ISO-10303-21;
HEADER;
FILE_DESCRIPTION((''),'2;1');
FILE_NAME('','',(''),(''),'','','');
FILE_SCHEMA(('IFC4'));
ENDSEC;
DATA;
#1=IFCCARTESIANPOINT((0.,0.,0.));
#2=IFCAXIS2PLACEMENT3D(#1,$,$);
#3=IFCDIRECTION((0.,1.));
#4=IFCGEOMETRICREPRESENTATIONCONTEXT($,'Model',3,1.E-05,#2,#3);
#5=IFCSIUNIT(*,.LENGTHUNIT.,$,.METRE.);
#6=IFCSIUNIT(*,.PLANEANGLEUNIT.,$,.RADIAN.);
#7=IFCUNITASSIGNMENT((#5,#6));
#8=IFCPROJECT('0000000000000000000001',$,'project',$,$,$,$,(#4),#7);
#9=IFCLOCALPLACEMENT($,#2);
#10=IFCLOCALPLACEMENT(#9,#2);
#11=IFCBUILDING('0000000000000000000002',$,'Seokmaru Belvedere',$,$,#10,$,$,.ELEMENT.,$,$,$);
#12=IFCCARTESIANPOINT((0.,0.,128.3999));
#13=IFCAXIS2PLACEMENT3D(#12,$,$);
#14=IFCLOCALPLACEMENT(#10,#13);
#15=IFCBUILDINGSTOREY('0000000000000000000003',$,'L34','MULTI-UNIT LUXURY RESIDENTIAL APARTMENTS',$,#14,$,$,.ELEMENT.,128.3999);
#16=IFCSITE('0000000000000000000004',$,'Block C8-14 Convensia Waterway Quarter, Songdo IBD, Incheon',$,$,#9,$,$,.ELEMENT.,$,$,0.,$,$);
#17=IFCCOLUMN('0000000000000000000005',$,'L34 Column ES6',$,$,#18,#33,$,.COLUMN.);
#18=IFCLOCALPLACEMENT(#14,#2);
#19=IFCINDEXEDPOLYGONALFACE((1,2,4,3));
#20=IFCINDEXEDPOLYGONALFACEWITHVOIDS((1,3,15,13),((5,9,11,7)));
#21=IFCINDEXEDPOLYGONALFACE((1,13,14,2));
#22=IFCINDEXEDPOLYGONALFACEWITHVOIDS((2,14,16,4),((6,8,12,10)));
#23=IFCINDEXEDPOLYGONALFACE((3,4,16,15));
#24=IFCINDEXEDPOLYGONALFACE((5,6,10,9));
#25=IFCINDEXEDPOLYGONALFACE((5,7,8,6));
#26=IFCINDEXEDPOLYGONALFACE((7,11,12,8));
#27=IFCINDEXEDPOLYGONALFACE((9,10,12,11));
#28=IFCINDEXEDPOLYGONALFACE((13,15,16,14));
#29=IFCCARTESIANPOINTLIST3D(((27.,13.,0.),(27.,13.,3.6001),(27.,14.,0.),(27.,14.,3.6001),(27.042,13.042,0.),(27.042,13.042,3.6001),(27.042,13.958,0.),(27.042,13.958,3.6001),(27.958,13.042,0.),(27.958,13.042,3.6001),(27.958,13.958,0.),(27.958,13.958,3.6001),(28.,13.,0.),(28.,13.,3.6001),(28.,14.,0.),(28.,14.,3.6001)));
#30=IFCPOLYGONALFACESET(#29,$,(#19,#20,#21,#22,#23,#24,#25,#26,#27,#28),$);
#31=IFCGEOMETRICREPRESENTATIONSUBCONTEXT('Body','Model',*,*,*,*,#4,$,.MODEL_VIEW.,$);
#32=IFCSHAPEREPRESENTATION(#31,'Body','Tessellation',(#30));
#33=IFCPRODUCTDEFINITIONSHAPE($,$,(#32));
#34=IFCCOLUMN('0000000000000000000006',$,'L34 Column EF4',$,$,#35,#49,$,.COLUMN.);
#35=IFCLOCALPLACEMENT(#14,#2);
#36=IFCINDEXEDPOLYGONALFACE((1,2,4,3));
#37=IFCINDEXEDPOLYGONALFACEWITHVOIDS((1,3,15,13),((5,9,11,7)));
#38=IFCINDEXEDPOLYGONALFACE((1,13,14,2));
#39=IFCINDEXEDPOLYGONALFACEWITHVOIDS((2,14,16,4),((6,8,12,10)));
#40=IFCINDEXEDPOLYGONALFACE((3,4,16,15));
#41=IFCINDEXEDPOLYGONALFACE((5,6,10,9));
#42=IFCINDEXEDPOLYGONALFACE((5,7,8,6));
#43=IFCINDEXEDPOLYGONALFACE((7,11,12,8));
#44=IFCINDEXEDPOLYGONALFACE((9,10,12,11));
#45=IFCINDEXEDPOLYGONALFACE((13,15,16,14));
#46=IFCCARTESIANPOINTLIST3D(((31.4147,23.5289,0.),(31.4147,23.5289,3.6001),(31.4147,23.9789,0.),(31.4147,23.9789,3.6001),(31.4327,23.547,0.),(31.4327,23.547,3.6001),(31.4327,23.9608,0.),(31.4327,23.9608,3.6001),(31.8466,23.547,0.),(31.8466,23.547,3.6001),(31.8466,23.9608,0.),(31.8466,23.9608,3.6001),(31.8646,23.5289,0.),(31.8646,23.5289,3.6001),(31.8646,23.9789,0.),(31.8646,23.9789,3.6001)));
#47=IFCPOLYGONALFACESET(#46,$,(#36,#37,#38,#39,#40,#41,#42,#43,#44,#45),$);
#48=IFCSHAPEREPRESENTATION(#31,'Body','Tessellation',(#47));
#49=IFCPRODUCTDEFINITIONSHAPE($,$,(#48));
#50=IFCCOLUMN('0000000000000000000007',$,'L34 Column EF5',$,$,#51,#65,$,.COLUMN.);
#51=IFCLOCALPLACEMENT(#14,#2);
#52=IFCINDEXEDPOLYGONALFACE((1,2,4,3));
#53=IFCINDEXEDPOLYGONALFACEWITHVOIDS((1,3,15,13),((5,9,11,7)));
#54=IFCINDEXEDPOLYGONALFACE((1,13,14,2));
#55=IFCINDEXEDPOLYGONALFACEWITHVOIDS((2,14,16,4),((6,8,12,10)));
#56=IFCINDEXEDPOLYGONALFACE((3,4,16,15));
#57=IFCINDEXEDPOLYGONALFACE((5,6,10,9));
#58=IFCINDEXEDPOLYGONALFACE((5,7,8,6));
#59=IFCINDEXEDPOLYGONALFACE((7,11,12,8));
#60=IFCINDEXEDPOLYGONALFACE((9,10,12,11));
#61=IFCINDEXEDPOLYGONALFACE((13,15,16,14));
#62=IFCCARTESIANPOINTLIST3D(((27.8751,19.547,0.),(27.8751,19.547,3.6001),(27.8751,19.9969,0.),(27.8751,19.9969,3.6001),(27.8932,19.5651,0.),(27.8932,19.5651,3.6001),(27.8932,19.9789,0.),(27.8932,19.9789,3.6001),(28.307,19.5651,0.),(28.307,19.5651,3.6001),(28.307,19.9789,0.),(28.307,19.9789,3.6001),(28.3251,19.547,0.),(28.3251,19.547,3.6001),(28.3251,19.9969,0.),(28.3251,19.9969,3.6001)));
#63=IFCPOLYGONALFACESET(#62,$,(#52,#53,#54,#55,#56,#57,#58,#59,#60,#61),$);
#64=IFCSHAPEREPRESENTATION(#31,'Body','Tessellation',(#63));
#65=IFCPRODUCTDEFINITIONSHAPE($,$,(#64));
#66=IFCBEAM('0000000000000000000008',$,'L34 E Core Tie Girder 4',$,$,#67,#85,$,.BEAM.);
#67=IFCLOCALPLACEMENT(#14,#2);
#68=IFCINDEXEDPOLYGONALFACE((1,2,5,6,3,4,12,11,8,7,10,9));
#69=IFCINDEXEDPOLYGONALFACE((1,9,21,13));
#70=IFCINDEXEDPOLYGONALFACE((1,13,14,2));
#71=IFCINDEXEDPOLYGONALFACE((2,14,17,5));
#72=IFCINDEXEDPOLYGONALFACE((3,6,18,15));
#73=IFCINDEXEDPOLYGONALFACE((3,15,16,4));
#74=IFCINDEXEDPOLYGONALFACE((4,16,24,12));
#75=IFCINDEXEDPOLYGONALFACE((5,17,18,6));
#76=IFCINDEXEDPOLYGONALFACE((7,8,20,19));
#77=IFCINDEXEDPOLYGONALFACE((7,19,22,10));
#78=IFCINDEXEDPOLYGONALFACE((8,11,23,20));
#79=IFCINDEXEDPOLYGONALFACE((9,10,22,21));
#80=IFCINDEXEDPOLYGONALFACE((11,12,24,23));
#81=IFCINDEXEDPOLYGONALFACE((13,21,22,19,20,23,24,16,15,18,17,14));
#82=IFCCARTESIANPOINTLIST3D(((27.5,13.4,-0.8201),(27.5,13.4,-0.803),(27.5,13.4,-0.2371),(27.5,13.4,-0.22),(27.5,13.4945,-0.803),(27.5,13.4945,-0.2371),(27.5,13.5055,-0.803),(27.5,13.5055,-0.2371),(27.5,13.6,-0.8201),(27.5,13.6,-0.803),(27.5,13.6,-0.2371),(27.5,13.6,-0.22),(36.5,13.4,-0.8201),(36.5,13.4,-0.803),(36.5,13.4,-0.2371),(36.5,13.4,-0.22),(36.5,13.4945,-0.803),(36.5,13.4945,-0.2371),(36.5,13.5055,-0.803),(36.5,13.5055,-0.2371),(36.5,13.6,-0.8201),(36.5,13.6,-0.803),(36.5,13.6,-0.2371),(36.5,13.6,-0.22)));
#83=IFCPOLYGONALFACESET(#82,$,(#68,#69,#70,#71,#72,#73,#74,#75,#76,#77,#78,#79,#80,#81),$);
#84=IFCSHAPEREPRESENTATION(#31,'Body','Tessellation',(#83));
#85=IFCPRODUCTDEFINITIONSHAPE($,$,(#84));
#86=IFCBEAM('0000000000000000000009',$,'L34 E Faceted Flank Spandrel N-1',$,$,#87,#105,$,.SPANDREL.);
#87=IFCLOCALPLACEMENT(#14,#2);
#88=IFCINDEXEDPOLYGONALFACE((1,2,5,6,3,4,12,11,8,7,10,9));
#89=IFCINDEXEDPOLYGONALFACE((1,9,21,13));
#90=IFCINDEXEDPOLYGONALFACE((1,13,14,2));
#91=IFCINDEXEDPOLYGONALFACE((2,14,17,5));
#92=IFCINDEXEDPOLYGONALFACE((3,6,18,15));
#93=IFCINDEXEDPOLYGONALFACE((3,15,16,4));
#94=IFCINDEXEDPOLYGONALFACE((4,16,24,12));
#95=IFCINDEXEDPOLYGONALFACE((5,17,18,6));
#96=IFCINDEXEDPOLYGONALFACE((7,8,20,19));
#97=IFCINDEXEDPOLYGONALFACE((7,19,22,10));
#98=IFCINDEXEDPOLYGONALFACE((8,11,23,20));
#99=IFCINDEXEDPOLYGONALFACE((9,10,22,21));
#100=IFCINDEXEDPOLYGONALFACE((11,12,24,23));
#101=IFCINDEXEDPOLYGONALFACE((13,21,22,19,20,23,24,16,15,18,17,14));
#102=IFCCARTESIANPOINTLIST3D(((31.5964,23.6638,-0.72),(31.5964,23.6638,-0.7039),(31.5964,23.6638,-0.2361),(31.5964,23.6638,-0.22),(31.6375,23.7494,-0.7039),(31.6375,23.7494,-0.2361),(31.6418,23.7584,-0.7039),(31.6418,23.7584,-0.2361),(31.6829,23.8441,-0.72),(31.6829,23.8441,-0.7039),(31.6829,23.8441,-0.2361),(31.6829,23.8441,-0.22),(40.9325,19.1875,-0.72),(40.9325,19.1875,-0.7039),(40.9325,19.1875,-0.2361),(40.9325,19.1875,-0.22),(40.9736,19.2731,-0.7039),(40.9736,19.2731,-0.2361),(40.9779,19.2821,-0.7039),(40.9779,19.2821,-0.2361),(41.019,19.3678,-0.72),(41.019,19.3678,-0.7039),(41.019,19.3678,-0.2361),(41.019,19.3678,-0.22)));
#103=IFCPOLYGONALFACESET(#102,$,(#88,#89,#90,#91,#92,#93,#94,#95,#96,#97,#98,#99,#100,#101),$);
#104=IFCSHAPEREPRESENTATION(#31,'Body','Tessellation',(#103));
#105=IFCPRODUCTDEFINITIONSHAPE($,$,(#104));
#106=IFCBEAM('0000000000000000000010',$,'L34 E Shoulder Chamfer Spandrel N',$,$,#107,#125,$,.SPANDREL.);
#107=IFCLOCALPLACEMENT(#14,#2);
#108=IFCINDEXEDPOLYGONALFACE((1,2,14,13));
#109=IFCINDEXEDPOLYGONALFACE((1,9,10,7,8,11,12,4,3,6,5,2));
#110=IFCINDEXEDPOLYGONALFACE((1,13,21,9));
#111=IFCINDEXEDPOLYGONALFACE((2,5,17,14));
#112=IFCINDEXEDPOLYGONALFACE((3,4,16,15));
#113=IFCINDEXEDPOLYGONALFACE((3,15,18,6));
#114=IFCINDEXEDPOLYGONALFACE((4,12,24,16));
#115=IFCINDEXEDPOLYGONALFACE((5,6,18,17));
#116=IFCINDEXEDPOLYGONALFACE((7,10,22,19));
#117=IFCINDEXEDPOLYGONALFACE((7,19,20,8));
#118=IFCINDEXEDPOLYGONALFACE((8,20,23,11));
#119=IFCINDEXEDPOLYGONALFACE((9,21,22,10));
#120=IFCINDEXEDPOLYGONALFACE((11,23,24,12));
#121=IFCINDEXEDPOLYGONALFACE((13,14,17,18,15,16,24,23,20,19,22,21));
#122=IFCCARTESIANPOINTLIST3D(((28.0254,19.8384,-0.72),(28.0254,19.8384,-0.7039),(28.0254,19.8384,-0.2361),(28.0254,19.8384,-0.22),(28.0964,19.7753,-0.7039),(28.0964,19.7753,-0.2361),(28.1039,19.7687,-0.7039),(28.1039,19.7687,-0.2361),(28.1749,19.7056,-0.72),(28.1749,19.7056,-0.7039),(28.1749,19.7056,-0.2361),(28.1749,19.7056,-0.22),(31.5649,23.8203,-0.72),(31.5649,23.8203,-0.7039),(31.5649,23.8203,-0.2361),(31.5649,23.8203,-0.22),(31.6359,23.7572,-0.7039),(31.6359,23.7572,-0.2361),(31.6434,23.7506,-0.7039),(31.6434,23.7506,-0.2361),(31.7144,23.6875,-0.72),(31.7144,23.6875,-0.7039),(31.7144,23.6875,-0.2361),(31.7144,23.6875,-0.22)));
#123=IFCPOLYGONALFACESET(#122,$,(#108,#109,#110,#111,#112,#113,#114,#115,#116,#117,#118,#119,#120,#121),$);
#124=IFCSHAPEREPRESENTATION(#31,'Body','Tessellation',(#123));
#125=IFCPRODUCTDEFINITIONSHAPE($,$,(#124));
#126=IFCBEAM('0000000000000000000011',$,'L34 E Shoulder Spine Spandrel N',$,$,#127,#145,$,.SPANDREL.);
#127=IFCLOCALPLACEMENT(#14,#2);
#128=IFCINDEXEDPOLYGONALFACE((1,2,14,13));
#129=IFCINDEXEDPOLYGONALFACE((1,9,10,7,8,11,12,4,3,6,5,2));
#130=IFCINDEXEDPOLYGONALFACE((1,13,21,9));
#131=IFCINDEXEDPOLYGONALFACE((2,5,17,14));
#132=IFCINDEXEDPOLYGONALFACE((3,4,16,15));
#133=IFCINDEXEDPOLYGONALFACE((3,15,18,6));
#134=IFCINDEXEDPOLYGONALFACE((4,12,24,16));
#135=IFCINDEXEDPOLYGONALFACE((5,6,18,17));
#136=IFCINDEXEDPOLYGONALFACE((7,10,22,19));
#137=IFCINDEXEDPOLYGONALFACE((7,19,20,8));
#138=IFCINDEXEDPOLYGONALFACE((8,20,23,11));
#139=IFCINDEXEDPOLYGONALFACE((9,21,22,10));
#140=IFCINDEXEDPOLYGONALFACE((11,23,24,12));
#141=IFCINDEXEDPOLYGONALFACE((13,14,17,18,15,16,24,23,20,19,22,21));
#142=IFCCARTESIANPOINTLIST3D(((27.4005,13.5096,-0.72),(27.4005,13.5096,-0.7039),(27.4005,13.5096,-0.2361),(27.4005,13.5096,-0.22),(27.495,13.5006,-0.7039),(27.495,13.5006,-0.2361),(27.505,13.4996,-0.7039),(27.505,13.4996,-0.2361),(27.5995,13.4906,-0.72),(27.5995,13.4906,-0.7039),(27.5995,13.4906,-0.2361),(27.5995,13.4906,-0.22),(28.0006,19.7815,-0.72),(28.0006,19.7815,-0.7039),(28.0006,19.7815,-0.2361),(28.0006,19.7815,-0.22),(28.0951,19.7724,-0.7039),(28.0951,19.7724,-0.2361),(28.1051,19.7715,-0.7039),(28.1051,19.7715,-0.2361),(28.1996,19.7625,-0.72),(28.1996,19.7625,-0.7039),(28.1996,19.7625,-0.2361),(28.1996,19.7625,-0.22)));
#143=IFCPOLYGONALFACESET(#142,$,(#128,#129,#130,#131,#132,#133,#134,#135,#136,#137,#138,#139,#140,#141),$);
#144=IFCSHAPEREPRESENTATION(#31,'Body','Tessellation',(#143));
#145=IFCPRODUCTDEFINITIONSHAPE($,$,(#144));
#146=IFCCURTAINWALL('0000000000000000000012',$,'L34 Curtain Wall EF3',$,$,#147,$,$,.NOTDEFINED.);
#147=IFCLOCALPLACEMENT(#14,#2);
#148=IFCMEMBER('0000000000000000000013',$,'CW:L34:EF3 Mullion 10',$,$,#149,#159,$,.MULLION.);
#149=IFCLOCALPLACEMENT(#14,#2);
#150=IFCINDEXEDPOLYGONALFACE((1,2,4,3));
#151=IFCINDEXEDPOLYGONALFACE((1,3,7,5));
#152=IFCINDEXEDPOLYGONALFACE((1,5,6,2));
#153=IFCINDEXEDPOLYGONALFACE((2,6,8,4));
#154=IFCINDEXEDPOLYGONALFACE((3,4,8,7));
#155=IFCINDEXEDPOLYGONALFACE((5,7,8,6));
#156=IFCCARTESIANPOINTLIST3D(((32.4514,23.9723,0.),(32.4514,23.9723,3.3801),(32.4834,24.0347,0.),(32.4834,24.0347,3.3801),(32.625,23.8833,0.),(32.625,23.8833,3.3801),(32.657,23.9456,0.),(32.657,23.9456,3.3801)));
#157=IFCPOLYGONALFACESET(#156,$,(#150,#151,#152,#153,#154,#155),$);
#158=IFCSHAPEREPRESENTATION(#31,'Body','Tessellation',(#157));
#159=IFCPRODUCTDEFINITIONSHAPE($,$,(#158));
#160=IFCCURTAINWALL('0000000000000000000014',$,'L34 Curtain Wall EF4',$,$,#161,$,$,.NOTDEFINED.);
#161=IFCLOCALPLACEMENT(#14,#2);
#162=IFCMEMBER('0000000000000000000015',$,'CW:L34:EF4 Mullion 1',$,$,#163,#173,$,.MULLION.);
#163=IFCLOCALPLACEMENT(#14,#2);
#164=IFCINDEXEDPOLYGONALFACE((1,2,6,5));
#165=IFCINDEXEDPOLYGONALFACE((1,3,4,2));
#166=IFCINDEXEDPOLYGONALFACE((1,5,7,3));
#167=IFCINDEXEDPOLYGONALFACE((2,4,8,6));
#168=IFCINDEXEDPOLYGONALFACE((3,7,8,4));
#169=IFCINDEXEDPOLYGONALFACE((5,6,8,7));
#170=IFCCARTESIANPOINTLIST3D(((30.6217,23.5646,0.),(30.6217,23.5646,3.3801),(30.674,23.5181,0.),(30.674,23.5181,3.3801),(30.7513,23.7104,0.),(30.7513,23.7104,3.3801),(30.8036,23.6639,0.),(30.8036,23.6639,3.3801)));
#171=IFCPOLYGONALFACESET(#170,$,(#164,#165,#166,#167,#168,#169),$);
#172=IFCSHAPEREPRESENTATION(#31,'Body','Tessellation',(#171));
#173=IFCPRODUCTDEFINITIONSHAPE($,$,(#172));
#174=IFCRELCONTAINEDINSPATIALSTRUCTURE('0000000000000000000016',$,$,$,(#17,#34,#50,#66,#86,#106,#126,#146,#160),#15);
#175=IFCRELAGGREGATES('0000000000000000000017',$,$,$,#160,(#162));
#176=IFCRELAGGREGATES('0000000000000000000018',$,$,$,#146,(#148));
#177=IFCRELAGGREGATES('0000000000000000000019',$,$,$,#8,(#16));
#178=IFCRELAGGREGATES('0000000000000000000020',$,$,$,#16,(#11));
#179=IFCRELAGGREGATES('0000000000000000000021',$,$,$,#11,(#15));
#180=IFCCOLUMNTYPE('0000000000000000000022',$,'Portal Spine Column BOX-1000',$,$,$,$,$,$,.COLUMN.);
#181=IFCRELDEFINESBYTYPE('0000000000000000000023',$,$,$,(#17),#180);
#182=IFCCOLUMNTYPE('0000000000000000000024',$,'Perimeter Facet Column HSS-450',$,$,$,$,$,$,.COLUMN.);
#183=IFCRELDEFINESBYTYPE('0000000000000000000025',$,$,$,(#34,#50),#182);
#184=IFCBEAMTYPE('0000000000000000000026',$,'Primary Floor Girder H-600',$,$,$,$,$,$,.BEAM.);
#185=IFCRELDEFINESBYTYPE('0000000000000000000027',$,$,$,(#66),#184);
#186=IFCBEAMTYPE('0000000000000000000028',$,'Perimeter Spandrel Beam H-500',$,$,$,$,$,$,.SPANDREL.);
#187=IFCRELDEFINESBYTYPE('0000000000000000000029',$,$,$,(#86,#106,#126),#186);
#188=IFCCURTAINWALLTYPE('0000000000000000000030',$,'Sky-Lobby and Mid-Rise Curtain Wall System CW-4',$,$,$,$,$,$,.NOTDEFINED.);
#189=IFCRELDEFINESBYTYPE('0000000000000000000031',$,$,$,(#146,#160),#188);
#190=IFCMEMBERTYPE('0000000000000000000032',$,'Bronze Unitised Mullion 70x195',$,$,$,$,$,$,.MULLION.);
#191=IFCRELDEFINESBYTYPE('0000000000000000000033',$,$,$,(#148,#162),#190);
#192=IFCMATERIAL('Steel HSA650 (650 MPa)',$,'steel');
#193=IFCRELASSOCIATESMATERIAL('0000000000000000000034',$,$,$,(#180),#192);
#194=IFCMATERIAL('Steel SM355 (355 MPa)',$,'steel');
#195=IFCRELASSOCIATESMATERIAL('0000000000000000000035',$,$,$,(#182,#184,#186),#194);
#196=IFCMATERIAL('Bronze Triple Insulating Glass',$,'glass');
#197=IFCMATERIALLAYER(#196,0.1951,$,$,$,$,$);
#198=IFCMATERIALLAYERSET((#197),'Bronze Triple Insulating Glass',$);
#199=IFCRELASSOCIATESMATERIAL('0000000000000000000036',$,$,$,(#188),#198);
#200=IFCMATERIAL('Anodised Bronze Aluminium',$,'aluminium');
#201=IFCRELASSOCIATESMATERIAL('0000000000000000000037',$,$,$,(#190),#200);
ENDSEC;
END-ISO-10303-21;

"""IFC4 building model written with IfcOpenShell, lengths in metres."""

from ifc_helpers import new_model, si_unit, direction, frame, origin, origin_2d, place, context, subcontext, project, spatial, rectangle, hollow_rectangle, i_section, extrude, source, transform, mapped, material, layer, layer_set, material_profile, profile_set, type_object, type_shapes, element, aggregate, save


model = new_model("IFC4")

# Units and contexts
model_context = context("Model", 3, precision=1e-05, world=origin(), true_north=direction((0.0, 1.0)))
body_context = subcontext(model_context, "Body", "Model", "MODEL_VIEW")
ifc_project = project(units=[si_unit("LENGTHUNIT", "METRE"), si_unit("PLANEANGLEUNIT", "RADIAN")], contexts=[model_context])

# Site, building, storey
site_placement = place(None, origin())
site = spatial("IfcSite", under=ifc_project, at=site_placement, Name="Block C8-14 Convensia Waterway Quarter, Songdo IBD, Incheon", CompositionType="ELEMENT", RefElevation=0.0)
building_placement = place(site_placement, origin())
building = spatial("IfcBuilding", under=site, at=building_placement, Name="Seokmaru Belvedere", CompositionType="ELEMENT")
storey_placement = place(building_placement, frame((0.0, 0.0, 128.3999)))
storey = spatial("IfcBuildingStorey", under=building, at=storey_placement, Name="L34", Description="MULTI-UNIT LUXURY RESIDENTIAL APARTMENTS", CompositionType="ELEMENT", Elevation=128.3999)

# Columns
ifc_material_1 = material(Name="Steel HSA650 (650 MPa)", Category="steel")
ifc_material_profile_1 = material_profile(ifc_material_1, hollow_rectangle(XDim=1.0, YDim=1.0, WallThickness=0.042, at=origin_2d()), Name="BOX-1000x1000x42")
ifc_profile_set_1 = profile_set([ifc_material_profile_1], Name="Steel HSA650 (650 MPa)")
column_type_1 = type_object("IfcColumnType", Name="Portal Spine Column BOX-1000", PredefinedType="COLUMN", material=ifc_profile_set_1)
shared_shape_1 = source(origin(), body_context, "Body", "SweptSolid", [
    extrude(hollow_rectangle(XDim=1.0, YDim=1.0, WallThickness=0.042, at=origin_2d()), origin(), (0.0, 0.0, 1.0), 3.6001),
])
type_shapes(column_type_1, [shared_shape_1])
column_placement = place(storey_placement, frame((27.5, 13.5, 0.0), z_axis=(0.0, 0.0, 1.0), x_axis=(1.0, 0.0, 0.0)))
element("IfcColumn", 1, at=column_placement, inside=storey, type_object=column_type_1, Name="L34 Column ES6", PredefinedType="COLUMN", context=body_context, shape_type="MappedRepresentation", body=[
    mapped(shared_shape_1, transform((0.0, 0.0, 0.0), scale=1.0)),
])
ifc_material_2 = material(Name="Steel SM355 (355 MPa)", Category="steel")
ifc_material_profile_2 = material_profile(ifc_material_2, hollow_rectangle(XDim=0.45, YDim=0.45, WallThickness=0.0181, at=origin_2d()), Name="HSS-450x450x18")
ifc_profile_set_2 = profile_set([ifc_material_profile_2], Name="Steel SM355 (355 MPa)")
column_type_2 = type_object("IfcColumnType", Name="Perimeter Facet Column HSS-450", PredefinedType="COLUMN", material=ifc_profile_set_2)
shared_shape_2 = source(origin(), body_context, "Body", "SweptSolid", [
    extrude(hollow_rectangle(XDim=0.45, YDim=0.45, WallThickness=0.0181, at=origin_2d()), origin(), (0.0, 0.0, 1.0), 3.6001),
])
type_shapes(column_type_2, [shared_shape_2])
for number, where, z_axis, x_axis, name in (
    (2, (31.6396, 23.7539, 0.0), (0.0, 0.0, 1.0), (1.0, 0.0, 0.0), "L34 Column EF4"),
    (3, (28.1001, 19.772, 0.0), (0.0, 0.0, 1.0), (1.0, 0.0, 0.0), "L34 Column EF5"),
):
    element("IfcColumn", number, at=place(storey_placement, frame(where, z_axis=z_axis, x_axis=x_axis)), inside=storey, type_object=column_type_2, Name=name, PredefinedType="COLUMN", context=body_context, shape_type="MappedRepresentation", body=[
        mapped(shared_shape_2, transform((0.0, 0.0, 0.0), scale=1.0)),
    ])

# Beams
ifc_material_profile_3 = material_profile(ifc_material_2, i_section(OverallWidth=0.2, OverallDepth=0.6001, WebThickness=0.011, FlangeThickness=0.0171, at=origin_2d()), Name="H-600x200x11x17")
ifc_profile_set_3 = profile_set([ifc_material_profile_3], Name="Steel SM355 (355 MPa)")
beam_type_1 = type_object("IfcBeamType", Name="Primary Floor Girder H-600", PredefinedType="BEAM", material=ifc_profile_set_3)
shared_shape_3 = source(origin(), body_context, "Body", "SweptSolid", [
    extrude(i_section(OverallWidth=0.2, OverallDepth=0.6001, WebThickness=0.011, FlangeThickness=0.0171, at=origin_2d()), origin(), (0.0, 0.0, 1.0), 9.0),
])
type_shapes(beam_type_1, [shared_shape_3])
beam_1_placement = place(storey_placement, frame((27.5, 13.5, -0.52), z_axis=(1.0, 0.0, 0.0), x_axis=(0.0, 1.0, 0.0)))
element("IfcBeam", 4, at=beam_1_placement, inside=storey, type_object=beam_type_1, Name="L34 E Core Tie Girder 4", PredefinedType="BEAM", context=body_context, shape_type="MappedRepresentation", body=[
    mapped(shared_shape_3, transform((0.0, 0.0, 0.0), scale=1.0)),
])
ifc_material_profile_4 = material_profile(ifc_material_2, i_section(OverallWidth=0.2, OverallDepth=0.5, WebThickness=0.01, FlangeThickness=0.0161, at=origin_2d()), Name="H-500x200x10x16")
ifc_profile_set_4 = profile_set([ifc_material_profile_4], Name="Steel SM355 (355 MPa)")
beam_type_2 = type_object("IfcBeamType", Name="Perimeter Spandrel Beam H-500", PredefinedType="SPANDREL", material=ifc_profile_set_4)
shared_shape_4 = source(origin(), body_context, "Body", "SweptSolid", [
    extrude(i_section(OverallWidth=0.2, OverallDepth=0.5, WebThickness=0.01, FlangeThickness=0.0161, at=origin_2d()), origin(), (0.0, 0.0, 1.0), 10.3538),
])
beam_2_placement = place(storey_placement, frame((31.6396, 23.7539, -0.47), z_axis=(0.901713, -0.432335, 0.0), x_axis=(0.432335, 0.901713, 0.0)))
element("IfcBeam", 5, at=beam_2_placement, inside=storey, type_object=beam_type_2, Name="L34 E Faceted Flank Spandrel N-1", PredefinedType="SPANDREL", context=body_context, shape_type="MappedRepresentation", body=[
    mapped(shared_shape_4, transform((0.0, 0.0, 0.0), scale=1.0)),
])
shared_shape_5 = source(origin(), body_context, "Body", "SweptSolid", [
    extrude(i_section(OverallWidth=0.2, OverallDepth=0.5, WebThickness=0.01, FlangeThickness=0.0161, at=origin_2d()), origin(), (0.0, 0.0, 1.0), 5.3276),
])
beam_3_placement = place(storey_placement, frame((31.6396, 23.7539, -0.47), z_axis=(-0.66437, -0.747404, 0.0), x_axis=(0.747404, -0.66437, 0.0)))
element("IfcBeam", 6, at=beam_3_placement, inside=storey, type_object=beam_type_2, Name="L34 E Shoulder Chamfer Spandrel N", PredefinedType="SPANDREL", context=body_context, shape_type="MappedRepresentation", body=[
    mapped(shared_shape_5, transform((0.0, 0.0, 0.0), scale=1.0)),
])
shared_shape_6 = source(origin(), body_context, "Body", "SweptSolid", [
    extrude(i_section(OverallWidth=0.2, OverallDepth=0.5, WebThickness=0.01, FlangeThickness=0.0161, at=origin_2d()), origin(), (0.0, 0.0, 1.0), 6.3005),
])
type_shapes(beam_type_2, [shared_shape_4, shared_shape_5, shared_shape_6])
beam_4_placement = place(storey_placement, frame((28.1001, 19.772, -0.47), z_axis=(-0.095244, -0.995454, 0.0), x_axis=(0.995454, -0.095244, 0.0)))
element("IfcBeam", 7, at=beam_4_placement, inside=storey, type_object=beam_type_2, Name="L34 E Shoulder Spine Spandrel N", PredefinedType="SPANDREL", context=body_context, shape_type="MappedRepresentation", body=[
    mapped(shared_shape_6, transform((0.0, 0.0, 0.0), scale=1.0)),
])

# Curtain wall, member
ifc_material_3 = material(Name="Bronze Triple Insulating Glass", Category="glass")
ifc_layer_1 = layer(ifc_material_3, 0.1951)
ifc_layer_set_1 = layer_set([ifc_layer_1], Name="Bronze Triple Insulating Glass")
curtain_wall_type = type_object("IfcCurtainWallType", Name="Sky-Lobby and Mid-Rise Curtain Wall System CW-4", PredefinedType="NOTDEFINED", material=ifc_layer_set_1)
curtain_wall_1_placement = place(storey_placement, origin())
curtain_wall_1 = element("IfcCurtainWall", 8, at=curtain_wall_1_placement, inside=storey, type_object=curtain_wall_type, Name="L34 Curtain Wall EF3", PredefinedType="NOTDEFINED")
ifc_material_4 = material(Name="Anodised Bronze Aluminium", Category="aluminium")
ifc_material_profile_5 = material_profile(ifc_material_4, rectangle(XDim=0.0701, YDim=0.1951, at=origin_2d()), Name="CW-M-70x195")
ifc_profile_set_5 = profile_set([ifc_material_profile_5], Name="Anodised Bronze Aluminium")
member_type_1 = type_object("IfcMemberType", Name="Bronze Unitised Mullion 70x195", PredefinedType="MULLION", material=ifc_profile_set_5)
shared_shape_7 = source(origin(), body_context, "Body", "SweptSolid", [
    extrude(rectangle(XDim=0.0701, YDim=0.1951, at=origin_2d()), origin(), (0.0, 0.0, 1.0), 3.3801),
])
type_shapes(member_type_1, [shared_shape_7])
member_1_placement = place(storey_placement, frame((32.5542, 23.959, 0.0), z_axis=(0.0, 0.0, 1.0), x_axis=(-0.456555, -0.889695, 0.0)))
member_1 = element("IfcMember", 9, at=member_1_placement, type_object=member_type_1, Name="CW:L34:EF3 Mullion 10", PredefinedType="MULLION", context=body_context, shape_type="MappedRepresentation", body=[
    mapped(shared_shape_7, transform((0.0, 0.0, 0.0), scale=1.0)),
])

# Curtain wall, member
curtain_wall_2_placement = place(storey_placement, origin())
curtain_wall_2 = element("IfcCurtainWall", 10, at=curtain_wall_2_placement, inside=storey, type_object=curtain_wall_type, Name="L34 Curtain Wall EF4", PredefinedType="NOTDEFINED")
member_2_placement = place(storey_placement, frame((30.7126, 23.6143, 0.0), z_axis=(0.0, 0.0, 1.0), x_axis=(0.74741, -0.664363, 0.0)))
member_2 = element("IfcMember", 11, at=member_2_placement, type_object=member_type_1, Name="CW:L34:EF4 Mullion 1", PredefinedType="MULLION", context=body_context, shape_type="MappedRepresentation", body=[
    mapped(shared_shape_7, transform((0.0, 0.0, 0.0), scale=1.0)),
])

aggregate(curtain_wall_2, [member_2])
aggregate(curtain_wall_1, [member_1])

save(model, "model.ifc")
